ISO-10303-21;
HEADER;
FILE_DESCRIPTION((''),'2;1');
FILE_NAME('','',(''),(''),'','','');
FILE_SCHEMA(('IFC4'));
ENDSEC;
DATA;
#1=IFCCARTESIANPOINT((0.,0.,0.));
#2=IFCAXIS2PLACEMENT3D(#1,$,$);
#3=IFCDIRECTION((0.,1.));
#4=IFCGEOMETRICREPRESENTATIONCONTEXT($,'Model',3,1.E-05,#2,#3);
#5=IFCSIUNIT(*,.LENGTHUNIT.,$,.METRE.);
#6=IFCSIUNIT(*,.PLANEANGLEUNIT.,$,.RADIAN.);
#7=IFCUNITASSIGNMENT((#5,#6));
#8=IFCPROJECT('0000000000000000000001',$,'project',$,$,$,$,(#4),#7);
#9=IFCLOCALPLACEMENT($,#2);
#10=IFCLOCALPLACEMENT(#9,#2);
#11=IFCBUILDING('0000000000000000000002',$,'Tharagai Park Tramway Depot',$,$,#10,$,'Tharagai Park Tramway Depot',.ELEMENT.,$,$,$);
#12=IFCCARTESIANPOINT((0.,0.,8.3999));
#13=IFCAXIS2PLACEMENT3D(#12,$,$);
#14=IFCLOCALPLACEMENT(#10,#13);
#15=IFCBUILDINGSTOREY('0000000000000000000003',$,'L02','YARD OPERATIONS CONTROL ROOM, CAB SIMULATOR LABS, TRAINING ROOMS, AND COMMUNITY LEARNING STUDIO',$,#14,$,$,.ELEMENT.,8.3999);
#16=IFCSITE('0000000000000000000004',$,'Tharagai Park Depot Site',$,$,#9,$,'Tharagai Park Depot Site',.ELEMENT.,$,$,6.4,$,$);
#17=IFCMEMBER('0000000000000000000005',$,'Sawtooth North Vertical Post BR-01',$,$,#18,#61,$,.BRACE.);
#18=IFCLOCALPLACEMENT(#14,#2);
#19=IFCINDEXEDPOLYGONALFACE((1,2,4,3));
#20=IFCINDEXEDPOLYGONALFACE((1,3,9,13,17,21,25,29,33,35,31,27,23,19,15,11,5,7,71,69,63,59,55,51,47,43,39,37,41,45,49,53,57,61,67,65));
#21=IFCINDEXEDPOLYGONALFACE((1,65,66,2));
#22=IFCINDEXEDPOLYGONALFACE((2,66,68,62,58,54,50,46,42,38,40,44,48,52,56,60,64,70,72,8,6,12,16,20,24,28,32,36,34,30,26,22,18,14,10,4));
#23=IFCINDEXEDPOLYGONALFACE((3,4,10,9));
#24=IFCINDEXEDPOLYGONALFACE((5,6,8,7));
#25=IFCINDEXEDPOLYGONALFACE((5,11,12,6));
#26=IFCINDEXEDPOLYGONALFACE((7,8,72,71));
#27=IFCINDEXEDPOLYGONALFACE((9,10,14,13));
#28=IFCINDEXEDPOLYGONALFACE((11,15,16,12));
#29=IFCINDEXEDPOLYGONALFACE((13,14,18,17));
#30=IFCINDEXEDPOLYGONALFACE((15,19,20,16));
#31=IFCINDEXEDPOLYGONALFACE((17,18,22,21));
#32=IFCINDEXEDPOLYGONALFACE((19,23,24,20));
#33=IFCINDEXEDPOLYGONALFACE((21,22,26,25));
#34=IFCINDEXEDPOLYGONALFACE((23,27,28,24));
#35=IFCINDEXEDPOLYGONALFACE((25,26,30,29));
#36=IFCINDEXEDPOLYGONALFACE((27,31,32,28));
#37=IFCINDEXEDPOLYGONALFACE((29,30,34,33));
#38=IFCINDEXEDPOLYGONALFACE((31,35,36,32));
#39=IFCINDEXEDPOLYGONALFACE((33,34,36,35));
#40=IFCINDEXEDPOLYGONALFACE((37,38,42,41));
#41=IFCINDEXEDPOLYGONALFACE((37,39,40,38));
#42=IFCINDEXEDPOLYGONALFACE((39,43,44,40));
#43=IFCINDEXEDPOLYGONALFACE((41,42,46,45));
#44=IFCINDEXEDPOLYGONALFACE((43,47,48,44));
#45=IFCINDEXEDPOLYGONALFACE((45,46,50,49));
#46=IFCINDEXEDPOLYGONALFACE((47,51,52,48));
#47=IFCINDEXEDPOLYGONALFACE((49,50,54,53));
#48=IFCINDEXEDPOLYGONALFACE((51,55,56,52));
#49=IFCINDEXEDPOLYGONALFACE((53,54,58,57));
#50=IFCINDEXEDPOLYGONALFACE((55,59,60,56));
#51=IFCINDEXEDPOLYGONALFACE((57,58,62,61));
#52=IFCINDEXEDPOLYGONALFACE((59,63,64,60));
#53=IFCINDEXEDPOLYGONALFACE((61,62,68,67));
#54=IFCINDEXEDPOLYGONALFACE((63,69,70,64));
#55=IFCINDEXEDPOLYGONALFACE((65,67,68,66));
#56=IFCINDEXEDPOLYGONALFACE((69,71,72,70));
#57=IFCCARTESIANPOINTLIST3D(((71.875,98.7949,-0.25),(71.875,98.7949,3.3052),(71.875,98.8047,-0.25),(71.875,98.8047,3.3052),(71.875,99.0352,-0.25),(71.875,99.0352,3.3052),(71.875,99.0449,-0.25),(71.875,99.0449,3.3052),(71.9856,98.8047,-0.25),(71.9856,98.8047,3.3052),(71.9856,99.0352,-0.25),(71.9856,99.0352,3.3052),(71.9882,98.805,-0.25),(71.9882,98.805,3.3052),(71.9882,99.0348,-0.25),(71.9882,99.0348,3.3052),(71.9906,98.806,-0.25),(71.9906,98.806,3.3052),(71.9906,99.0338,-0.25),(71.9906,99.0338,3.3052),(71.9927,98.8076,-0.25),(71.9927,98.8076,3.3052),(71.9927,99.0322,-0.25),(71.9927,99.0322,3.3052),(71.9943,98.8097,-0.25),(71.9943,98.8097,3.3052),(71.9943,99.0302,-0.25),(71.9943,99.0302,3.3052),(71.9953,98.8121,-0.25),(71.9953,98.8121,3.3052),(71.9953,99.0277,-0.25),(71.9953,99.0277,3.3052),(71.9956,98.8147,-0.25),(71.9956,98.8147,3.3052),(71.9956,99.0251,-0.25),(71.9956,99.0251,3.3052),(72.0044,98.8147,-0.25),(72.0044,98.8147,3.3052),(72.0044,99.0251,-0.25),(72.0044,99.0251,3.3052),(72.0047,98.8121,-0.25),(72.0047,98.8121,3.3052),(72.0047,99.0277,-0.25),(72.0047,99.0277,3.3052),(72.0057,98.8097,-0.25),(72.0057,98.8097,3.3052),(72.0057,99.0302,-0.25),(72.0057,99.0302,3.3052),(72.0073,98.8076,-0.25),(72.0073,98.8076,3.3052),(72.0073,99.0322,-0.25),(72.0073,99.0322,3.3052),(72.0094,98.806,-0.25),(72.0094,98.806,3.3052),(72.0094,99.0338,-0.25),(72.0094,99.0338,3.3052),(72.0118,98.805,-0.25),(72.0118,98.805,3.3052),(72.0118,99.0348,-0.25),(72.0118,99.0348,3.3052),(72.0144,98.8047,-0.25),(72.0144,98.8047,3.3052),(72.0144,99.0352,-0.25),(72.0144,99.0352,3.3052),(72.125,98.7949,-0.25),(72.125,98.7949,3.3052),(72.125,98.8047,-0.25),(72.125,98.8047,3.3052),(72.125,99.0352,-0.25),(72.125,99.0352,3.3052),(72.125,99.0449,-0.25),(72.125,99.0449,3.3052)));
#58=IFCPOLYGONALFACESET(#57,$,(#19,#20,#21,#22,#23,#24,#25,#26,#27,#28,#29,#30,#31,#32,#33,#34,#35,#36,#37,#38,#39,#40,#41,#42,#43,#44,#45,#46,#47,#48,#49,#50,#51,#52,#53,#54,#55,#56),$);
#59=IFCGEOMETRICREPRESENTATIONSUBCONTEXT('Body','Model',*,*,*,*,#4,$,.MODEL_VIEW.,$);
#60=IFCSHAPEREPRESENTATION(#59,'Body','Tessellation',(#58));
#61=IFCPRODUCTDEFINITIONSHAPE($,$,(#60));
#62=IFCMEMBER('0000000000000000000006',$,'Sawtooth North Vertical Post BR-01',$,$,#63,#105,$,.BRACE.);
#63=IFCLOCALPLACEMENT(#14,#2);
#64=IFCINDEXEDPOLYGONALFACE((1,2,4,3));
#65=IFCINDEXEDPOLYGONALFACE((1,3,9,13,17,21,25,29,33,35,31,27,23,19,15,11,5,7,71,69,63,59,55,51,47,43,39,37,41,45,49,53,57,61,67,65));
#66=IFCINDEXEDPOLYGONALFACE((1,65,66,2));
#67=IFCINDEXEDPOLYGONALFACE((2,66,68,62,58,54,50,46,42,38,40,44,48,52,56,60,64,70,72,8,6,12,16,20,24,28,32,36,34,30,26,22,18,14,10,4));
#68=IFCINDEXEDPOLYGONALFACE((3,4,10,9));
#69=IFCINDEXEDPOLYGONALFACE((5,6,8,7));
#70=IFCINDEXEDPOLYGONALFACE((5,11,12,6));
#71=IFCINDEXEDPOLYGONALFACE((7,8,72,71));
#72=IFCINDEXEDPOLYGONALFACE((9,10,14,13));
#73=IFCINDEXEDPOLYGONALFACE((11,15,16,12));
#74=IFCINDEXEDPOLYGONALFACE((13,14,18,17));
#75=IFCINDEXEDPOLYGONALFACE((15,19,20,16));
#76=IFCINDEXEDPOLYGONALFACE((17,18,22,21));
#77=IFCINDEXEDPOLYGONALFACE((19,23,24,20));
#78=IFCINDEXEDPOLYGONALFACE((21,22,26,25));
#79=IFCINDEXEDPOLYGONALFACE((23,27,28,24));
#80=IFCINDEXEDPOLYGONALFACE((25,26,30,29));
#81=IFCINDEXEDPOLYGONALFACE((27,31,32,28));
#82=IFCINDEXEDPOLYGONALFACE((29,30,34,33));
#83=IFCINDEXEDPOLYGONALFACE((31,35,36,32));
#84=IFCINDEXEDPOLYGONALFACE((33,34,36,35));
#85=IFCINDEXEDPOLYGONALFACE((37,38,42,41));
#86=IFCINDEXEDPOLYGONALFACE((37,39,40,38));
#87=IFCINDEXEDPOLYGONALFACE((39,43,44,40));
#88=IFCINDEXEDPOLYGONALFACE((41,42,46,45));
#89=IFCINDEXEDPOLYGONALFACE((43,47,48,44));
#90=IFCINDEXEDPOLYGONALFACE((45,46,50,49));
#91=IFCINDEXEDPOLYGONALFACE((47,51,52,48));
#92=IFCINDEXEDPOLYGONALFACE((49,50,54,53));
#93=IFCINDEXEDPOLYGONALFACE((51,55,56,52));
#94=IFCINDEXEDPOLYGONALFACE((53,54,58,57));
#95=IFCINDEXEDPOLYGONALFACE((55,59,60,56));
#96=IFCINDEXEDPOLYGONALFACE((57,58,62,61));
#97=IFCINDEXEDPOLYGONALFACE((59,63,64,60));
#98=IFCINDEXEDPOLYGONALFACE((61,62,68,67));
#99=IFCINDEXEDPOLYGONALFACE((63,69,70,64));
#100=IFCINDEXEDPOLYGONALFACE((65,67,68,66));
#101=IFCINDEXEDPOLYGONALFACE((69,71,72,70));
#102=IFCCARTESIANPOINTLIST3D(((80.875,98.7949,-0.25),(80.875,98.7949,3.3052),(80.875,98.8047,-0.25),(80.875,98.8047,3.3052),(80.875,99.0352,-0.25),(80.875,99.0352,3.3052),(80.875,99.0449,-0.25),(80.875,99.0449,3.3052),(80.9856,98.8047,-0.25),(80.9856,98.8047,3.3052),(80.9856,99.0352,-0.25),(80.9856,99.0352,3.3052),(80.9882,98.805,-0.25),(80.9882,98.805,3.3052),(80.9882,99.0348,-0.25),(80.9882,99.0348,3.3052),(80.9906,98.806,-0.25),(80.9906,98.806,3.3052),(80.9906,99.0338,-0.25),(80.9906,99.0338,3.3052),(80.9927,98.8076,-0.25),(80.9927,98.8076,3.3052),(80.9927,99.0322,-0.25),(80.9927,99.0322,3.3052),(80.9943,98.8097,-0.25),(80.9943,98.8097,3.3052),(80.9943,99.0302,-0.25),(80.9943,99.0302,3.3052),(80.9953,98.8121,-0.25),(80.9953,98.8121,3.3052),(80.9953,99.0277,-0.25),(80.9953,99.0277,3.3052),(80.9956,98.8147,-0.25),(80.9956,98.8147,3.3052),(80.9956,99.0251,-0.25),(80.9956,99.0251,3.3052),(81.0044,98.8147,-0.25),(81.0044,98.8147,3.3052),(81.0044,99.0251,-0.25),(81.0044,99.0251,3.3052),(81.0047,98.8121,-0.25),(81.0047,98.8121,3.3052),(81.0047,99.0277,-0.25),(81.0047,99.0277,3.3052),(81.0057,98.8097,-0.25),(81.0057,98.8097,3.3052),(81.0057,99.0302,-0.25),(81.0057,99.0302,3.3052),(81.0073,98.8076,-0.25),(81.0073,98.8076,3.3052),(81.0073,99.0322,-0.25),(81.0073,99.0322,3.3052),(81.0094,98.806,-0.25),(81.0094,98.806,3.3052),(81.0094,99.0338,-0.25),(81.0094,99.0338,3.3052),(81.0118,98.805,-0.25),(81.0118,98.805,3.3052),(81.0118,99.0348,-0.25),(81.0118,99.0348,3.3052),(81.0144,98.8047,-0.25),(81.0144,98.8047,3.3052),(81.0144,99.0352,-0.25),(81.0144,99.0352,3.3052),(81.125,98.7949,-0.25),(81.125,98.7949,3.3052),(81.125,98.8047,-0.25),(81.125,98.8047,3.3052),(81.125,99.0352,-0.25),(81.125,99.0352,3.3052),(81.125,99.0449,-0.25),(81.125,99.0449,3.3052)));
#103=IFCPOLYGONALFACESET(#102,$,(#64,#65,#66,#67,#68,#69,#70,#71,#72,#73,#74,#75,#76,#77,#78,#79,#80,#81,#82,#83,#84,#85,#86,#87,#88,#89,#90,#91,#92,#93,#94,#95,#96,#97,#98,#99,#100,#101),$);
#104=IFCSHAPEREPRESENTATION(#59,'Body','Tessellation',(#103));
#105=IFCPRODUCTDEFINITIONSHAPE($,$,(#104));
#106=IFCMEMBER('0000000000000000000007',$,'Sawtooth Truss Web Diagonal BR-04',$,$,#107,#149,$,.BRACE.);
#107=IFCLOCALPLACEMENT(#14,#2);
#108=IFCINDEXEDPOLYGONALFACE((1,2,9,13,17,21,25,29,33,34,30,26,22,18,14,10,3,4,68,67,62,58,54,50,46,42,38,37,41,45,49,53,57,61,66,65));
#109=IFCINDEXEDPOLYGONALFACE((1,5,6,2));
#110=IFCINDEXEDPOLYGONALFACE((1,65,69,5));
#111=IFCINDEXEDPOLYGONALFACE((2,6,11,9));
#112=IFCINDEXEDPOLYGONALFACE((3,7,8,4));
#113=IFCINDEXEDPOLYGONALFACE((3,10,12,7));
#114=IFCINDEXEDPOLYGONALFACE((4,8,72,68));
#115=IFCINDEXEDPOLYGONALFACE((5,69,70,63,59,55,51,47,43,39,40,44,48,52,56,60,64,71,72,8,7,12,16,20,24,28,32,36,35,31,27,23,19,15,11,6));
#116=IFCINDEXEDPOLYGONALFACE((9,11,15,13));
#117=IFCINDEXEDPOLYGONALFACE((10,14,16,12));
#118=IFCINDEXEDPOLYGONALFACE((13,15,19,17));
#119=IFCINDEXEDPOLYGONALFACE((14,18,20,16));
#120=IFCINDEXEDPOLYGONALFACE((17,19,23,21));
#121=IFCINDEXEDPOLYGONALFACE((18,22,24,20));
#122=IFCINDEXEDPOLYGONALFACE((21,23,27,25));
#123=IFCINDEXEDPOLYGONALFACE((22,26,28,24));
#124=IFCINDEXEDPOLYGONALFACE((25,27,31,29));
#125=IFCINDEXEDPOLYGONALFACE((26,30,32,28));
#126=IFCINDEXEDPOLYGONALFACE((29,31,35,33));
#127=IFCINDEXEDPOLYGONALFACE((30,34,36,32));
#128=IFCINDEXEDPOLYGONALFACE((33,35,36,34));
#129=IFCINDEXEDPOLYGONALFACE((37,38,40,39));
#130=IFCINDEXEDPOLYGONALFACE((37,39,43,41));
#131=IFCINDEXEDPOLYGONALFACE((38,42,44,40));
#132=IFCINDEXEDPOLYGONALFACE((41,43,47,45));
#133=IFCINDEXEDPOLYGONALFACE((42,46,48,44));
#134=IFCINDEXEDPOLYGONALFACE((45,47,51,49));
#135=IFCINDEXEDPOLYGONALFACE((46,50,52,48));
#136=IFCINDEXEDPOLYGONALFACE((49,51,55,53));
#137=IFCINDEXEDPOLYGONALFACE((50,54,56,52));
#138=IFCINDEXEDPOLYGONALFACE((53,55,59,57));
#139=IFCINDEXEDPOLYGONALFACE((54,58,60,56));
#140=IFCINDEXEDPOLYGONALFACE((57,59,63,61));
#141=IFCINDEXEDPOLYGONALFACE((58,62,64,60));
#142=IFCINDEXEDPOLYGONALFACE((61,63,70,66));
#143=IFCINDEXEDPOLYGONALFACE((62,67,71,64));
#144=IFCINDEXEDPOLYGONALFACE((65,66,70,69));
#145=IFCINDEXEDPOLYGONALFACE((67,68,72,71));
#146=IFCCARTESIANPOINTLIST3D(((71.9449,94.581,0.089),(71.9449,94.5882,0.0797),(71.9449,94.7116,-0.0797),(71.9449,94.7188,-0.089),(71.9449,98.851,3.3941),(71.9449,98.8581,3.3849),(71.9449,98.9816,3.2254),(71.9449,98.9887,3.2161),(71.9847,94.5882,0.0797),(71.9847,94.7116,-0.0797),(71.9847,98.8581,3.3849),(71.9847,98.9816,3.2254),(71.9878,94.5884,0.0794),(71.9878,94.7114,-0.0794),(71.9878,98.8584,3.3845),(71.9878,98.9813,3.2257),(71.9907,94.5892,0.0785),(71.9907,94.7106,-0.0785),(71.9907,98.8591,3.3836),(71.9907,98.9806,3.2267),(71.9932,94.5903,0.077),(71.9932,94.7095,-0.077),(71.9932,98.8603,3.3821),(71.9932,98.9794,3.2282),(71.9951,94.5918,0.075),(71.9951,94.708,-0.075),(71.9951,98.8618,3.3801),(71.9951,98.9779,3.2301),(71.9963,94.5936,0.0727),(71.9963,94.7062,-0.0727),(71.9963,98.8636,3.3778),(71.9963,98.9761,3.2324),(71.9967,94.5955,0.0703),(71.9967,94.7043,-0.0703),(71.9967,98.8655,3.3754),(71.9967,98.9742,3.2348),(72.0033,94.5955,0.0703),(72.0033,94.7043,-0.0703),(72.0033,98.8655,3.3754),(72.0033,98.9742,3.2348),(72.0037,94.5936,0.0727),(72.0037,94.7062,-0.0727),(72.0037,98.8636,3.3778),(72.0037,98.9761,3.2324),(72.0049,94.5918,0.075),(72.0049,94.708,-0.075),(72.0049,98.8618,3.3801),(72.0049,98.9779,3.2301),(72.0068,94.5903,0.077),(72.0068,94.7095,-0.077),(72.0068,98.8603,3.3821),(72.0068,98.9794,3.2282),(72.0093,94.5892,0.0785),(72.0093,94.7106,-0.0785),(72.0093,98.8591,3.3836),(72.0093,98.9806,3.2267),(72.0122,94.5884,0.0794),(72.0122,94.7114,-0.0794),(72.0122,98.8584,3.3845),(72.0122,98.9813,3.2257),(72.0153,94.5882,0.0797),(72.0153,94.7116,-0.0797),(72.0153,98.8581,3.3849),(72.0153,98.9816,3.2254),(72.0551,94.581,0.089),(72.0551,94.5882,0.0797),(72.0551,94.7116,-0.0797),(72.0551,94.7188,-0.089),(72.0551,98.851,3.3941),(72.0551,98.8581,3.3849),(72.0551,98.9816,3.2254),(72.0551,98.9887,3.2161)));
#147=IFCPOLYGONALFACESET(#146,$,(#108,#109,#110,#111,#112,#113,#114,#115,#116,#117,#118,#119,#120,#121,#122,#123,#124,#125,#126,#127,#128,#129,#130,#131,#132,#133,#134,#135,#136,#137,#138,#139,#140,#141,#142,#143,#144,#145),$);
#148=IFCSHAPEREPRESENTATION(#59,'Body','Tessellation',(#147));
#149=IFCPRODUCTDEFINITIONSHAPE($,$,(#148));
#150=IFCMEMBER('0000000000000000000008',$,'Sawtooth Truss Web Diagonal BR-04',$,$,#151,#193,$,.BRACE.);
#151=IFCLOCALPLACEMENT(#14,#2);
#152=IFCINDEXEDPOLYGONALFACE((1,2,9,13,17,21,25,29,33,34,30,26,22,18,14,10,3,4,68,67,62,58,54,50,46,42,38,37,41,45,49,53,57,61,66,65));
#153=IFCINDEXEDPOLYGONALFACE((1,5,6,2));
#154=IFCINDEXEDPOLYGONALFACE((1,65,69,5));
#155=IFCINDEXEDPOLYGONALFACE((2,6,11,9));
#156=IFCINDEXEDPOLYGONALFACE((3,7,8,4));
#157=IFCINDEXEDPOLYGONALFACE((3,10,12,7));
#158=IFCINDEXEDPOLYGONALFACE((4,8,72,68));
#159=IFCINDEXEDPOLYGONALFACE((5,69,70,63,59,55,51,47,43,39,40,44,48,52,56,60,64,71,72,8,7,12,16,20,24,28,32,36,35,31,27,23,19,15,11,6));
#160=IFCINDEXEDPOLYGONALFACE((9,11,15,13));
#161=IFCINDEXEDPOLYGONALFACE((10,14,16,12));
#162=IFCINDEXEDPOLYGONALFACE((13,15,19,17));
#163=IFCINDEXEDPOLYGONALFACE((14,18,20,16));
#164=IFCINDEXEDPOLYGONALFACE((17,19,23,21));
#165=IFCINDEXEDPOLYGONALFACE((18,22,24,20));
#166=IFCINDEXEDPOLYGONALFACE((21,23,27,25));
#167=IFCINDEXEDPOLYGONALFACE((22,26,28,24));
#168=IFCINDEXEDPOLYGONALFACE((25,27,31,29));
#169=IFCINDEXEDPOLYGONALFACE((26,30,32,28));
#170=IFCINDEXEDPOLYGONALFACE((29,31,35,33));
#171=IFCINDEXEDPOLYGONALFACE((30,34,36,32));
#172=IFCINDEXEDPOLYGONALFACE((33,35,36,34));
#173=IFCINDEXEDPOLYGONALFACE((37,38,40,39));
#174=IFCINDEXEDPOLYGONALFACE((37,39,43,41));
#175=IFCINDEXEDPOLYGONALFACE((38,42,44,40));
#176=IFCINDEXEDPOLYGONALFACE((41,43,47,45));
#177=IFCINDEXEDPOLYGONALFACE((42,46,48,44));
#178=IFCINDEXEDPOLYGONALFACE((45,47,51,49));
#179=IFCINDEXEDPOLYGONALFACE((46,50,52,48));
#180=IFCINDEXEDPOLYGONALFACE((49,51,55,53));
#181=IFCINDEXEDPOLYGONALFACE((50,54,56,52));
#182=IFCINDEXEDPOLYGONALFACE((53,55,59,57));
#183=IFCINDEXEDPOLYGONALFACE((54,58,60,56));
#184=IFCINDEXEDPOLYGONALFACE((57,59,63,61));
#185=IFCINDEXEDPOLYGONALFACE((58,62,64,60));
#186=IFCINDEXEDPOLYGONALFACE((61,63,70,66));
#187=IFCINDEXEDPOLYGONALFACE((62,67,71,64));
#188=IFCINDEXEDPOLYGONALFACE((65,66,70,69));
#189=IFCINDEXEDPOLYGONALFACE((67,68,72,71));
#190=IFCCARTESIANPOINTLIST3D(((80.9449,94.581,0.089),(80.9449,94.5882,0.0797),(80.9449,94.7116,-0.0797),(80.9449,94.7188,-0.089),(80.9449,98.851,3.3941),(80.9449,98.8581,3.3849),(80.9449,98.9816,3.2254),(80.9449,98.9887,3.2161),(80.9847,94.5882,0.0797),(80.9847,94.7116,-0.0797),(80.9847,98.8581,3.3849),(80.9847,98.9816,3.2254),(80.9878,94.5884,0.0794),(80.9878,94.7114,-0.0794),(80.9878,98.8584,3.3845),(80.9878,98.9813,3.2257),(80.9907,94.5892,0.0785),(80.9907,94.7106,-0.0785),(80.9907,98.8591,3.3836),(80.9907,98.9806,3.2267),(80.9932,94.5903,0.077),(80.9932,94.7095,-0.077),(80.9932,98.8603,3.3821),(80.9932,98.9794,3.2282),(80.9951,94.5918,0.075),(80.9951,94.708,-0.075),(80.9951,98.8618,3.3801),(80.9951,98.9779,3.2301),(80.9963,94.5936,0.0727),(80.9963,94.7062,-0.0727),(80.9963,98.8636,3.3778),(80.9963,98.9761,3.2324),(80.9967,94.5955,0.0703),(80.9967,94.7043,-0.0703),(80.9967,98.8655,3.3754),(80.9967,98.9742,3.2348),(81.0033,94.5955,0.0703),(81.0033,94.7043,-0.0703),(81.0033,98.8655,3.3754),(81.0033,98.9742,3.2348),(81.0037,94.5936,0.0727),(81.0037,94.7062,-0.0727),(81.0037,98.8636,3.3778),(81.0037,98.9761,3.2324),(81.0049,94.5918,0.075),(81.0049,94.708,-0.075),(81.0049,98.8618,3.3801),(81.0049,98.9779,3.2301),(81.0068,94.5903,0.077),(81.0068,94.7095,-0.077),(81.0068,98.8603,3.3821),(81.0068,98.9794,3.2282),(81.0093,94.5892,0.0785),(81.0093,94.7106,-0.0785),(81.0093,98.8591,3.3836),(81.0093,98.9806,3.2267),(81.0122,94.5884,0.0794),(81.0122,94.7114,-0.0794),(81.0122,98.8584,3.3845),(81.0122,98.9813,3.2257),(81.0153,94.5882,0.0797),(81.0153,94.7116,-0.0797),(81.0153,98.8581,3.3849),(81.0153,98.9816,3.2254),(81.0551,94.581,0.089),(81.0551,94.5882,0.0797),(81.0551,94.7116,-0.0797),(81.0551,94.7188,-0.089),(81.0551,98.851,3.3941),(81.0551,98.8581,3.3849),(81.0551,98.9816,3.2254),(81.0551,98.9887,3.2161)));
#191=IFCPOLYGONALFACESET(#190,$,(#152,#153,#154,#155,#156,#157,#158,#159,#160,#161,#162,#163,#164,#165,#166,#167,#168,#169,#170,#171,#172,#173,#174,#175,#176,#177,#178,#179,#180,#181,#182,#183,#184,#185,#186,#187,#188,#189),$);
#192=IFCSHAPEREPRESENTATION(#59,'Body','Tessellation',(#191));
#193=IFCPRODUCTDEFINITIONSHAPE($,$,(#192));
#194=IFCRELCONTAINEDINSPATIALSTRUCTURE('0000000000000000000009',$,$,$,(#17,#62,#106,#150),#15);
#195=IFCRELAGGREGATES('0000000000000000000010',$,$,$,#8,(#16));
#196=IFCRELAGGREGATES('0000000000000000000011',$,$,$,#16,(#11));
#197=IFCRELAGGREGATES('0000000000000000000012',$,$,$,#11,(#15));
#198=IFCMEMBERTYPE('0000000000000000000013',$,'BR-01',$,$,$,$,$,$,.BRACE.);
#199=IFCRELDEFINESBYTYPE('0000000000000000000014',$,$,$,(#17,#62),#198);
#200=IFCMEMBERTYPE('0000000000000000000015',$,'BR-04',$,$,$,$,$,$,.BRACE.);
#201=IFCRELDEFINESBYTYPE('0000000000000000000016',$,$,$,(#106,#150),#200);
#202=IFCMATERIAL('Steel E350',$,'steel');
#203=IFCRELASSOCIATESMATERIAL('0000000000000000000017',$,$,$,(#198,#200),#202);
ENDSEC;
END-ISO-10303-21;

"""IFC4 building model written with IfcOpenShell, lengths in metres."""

from ifc_helpers import new_model, si_unit, direction, frame, origin, origin_2d, place, context, subcontext, project, spatial, i_section, extrude, material, material_profile, profile_set, type_object, element, save


model = new_model("IFC4")

# Units and contexts
model_context = context("Model", 3, precision=1e-05, world=origin(), true_north=direction((0.0, 1.0)))
body_context = subcontext(model_context, "Body", "Model", "MODEL_VIEW")
ifc_project = project(units=[si_unit("LENGTHUNIT", "METRE"), si_unit("PLANEANGLEUNIT", "RADIAN")], contexts=[model_context])

# Site, building, storey
site_placement = place(None, origin())
site = spatial("IfcSite", under=ifc_project, at=site_placement, Name="Tharagai Park Depot Site", LongName="Tharagai Park Depot Site", CompositionType="ELEMENT", RefElevation=6.4)
building_placement = place(site_placement, origin())
building = spatial("IfcBuilding", under=site, at=building_placement, Name="Tharagai Park Tramway Depot", LongName="Tharagai Park Tramway Depot", CompositionType="ELEMENT")
storey_placement = place(building_placement, frame((0.0, 0.0, 8.3999)))
storey = spatial("IfcBuildingStorey", under=building, at=storey_placement, Name="L02", Description="YARD OPERATIONS CONTROL ROOM, CAB SIMULATOR LABS, TRAINING ROOMS, AND COMMUNITY LEARNING STUDIO", CompositionType="ELEMENT", Elevation=8.3999)

# Members
ifc_material_1 = material(Name="Steel E350", Category="steel")
ifc_material_profile_1 = material_profile(ifc_material_1, i_section(OverallWidth=0.25, OverallDepth=0.25, WebThickness=0.0088, FlangeThickness=0.0098, FilletRadius=0.01, at=origin_2d()), Name="ISHB 250")
ifc_profile_set_1 = profile_set([ifc_material_profile_1], Name="Steel E350")
member_type_1 = type_object("IfcMemberType", Name="BR-01", PredefinedType="BRACE", material=ifc_profile_set_1)
for number, where, z_axis, x_axis, name in (
    (1, (72.0, 98.9199, -0.25), (0.0, 0.0, 1.0), (1.0, 0.0, 0.0), "Sawtooth North Vertical Post BR-01"),
    (2, (81.0, 98.9199, -0.25), (0.0, 0.0, 1.0), (1.0, 0.0, 0.0), "Sawtooth North Vertical Post BR-01"),
):
    element("IfcMember", number, at=place(storey_placement, frame(where, z_axis=z_axis, x_axis=x_axis)), inside=storey, type_object=member_type_1, Name=name, PredefinedType="BRACE", context=body_context, shape_type="SweptSolid", body=[
        extrude(i_section(OverallWidth=0.25, OverallDepth=0.25, WebThickness=0.0088, FlangeThickness=0.0098, FilletRadius=0.01, at=origin_2d()), origin(), (0.0, 0.0, 1.0), 3.5552),
    ])
ifc_material_profile_2 = material_profile(ifc_material_1, i_section(OverallWidth=0.1101, OverallDepth=0.2251, WebThickness=0.0066, FlangeThickness=0.0117, FilletRadius=0.012, at=origin_2d()), Name="ISMB 225")
ifc_profile_set_2 = profile_set([ifc_material_profile_2], Name="Steel E350")
member_type_2 = type_object("IfcMemberType", Name="BR-04", PredefinedType="BRACE", material=ifc_profile_set_2)
for number, where, z_axis, x_axis, name in (
    (3, (72.0, 94.6499, 0.0), (0.0, 0.790782, 0.612098), (-1.0, 0.0, 0.0), "Sawtooth Truss Web Diagonal BR-04"),
    (4, (81.0, 94.6499, 0.0), (0.0, 0.790782, 0.612098), (-1.0, 0.0, 0.0), "Sawtooth Truss Web Diagonal BR-04"),
):
    element("IfcMember", number, at=place(storey_placement, frame(where, z_axis=z_axis, x_axis=x_axis)), inside=storey, type_object=member_type_2, Name=name, PredefinedType="BRACE", context=body_context, shape_type="SweptSolid", body=[
        extrude(i_section(OverallWidth=0.1101, OverallDepth=0.2251, WebThickness=0.0066, FlangeThickness=0.0117, FilletRadius=0.012, at=origin_2d()), origin(), (0.0, 0.0, 1.0), 5.3997),
    ])

save(model, "model.ifc")
